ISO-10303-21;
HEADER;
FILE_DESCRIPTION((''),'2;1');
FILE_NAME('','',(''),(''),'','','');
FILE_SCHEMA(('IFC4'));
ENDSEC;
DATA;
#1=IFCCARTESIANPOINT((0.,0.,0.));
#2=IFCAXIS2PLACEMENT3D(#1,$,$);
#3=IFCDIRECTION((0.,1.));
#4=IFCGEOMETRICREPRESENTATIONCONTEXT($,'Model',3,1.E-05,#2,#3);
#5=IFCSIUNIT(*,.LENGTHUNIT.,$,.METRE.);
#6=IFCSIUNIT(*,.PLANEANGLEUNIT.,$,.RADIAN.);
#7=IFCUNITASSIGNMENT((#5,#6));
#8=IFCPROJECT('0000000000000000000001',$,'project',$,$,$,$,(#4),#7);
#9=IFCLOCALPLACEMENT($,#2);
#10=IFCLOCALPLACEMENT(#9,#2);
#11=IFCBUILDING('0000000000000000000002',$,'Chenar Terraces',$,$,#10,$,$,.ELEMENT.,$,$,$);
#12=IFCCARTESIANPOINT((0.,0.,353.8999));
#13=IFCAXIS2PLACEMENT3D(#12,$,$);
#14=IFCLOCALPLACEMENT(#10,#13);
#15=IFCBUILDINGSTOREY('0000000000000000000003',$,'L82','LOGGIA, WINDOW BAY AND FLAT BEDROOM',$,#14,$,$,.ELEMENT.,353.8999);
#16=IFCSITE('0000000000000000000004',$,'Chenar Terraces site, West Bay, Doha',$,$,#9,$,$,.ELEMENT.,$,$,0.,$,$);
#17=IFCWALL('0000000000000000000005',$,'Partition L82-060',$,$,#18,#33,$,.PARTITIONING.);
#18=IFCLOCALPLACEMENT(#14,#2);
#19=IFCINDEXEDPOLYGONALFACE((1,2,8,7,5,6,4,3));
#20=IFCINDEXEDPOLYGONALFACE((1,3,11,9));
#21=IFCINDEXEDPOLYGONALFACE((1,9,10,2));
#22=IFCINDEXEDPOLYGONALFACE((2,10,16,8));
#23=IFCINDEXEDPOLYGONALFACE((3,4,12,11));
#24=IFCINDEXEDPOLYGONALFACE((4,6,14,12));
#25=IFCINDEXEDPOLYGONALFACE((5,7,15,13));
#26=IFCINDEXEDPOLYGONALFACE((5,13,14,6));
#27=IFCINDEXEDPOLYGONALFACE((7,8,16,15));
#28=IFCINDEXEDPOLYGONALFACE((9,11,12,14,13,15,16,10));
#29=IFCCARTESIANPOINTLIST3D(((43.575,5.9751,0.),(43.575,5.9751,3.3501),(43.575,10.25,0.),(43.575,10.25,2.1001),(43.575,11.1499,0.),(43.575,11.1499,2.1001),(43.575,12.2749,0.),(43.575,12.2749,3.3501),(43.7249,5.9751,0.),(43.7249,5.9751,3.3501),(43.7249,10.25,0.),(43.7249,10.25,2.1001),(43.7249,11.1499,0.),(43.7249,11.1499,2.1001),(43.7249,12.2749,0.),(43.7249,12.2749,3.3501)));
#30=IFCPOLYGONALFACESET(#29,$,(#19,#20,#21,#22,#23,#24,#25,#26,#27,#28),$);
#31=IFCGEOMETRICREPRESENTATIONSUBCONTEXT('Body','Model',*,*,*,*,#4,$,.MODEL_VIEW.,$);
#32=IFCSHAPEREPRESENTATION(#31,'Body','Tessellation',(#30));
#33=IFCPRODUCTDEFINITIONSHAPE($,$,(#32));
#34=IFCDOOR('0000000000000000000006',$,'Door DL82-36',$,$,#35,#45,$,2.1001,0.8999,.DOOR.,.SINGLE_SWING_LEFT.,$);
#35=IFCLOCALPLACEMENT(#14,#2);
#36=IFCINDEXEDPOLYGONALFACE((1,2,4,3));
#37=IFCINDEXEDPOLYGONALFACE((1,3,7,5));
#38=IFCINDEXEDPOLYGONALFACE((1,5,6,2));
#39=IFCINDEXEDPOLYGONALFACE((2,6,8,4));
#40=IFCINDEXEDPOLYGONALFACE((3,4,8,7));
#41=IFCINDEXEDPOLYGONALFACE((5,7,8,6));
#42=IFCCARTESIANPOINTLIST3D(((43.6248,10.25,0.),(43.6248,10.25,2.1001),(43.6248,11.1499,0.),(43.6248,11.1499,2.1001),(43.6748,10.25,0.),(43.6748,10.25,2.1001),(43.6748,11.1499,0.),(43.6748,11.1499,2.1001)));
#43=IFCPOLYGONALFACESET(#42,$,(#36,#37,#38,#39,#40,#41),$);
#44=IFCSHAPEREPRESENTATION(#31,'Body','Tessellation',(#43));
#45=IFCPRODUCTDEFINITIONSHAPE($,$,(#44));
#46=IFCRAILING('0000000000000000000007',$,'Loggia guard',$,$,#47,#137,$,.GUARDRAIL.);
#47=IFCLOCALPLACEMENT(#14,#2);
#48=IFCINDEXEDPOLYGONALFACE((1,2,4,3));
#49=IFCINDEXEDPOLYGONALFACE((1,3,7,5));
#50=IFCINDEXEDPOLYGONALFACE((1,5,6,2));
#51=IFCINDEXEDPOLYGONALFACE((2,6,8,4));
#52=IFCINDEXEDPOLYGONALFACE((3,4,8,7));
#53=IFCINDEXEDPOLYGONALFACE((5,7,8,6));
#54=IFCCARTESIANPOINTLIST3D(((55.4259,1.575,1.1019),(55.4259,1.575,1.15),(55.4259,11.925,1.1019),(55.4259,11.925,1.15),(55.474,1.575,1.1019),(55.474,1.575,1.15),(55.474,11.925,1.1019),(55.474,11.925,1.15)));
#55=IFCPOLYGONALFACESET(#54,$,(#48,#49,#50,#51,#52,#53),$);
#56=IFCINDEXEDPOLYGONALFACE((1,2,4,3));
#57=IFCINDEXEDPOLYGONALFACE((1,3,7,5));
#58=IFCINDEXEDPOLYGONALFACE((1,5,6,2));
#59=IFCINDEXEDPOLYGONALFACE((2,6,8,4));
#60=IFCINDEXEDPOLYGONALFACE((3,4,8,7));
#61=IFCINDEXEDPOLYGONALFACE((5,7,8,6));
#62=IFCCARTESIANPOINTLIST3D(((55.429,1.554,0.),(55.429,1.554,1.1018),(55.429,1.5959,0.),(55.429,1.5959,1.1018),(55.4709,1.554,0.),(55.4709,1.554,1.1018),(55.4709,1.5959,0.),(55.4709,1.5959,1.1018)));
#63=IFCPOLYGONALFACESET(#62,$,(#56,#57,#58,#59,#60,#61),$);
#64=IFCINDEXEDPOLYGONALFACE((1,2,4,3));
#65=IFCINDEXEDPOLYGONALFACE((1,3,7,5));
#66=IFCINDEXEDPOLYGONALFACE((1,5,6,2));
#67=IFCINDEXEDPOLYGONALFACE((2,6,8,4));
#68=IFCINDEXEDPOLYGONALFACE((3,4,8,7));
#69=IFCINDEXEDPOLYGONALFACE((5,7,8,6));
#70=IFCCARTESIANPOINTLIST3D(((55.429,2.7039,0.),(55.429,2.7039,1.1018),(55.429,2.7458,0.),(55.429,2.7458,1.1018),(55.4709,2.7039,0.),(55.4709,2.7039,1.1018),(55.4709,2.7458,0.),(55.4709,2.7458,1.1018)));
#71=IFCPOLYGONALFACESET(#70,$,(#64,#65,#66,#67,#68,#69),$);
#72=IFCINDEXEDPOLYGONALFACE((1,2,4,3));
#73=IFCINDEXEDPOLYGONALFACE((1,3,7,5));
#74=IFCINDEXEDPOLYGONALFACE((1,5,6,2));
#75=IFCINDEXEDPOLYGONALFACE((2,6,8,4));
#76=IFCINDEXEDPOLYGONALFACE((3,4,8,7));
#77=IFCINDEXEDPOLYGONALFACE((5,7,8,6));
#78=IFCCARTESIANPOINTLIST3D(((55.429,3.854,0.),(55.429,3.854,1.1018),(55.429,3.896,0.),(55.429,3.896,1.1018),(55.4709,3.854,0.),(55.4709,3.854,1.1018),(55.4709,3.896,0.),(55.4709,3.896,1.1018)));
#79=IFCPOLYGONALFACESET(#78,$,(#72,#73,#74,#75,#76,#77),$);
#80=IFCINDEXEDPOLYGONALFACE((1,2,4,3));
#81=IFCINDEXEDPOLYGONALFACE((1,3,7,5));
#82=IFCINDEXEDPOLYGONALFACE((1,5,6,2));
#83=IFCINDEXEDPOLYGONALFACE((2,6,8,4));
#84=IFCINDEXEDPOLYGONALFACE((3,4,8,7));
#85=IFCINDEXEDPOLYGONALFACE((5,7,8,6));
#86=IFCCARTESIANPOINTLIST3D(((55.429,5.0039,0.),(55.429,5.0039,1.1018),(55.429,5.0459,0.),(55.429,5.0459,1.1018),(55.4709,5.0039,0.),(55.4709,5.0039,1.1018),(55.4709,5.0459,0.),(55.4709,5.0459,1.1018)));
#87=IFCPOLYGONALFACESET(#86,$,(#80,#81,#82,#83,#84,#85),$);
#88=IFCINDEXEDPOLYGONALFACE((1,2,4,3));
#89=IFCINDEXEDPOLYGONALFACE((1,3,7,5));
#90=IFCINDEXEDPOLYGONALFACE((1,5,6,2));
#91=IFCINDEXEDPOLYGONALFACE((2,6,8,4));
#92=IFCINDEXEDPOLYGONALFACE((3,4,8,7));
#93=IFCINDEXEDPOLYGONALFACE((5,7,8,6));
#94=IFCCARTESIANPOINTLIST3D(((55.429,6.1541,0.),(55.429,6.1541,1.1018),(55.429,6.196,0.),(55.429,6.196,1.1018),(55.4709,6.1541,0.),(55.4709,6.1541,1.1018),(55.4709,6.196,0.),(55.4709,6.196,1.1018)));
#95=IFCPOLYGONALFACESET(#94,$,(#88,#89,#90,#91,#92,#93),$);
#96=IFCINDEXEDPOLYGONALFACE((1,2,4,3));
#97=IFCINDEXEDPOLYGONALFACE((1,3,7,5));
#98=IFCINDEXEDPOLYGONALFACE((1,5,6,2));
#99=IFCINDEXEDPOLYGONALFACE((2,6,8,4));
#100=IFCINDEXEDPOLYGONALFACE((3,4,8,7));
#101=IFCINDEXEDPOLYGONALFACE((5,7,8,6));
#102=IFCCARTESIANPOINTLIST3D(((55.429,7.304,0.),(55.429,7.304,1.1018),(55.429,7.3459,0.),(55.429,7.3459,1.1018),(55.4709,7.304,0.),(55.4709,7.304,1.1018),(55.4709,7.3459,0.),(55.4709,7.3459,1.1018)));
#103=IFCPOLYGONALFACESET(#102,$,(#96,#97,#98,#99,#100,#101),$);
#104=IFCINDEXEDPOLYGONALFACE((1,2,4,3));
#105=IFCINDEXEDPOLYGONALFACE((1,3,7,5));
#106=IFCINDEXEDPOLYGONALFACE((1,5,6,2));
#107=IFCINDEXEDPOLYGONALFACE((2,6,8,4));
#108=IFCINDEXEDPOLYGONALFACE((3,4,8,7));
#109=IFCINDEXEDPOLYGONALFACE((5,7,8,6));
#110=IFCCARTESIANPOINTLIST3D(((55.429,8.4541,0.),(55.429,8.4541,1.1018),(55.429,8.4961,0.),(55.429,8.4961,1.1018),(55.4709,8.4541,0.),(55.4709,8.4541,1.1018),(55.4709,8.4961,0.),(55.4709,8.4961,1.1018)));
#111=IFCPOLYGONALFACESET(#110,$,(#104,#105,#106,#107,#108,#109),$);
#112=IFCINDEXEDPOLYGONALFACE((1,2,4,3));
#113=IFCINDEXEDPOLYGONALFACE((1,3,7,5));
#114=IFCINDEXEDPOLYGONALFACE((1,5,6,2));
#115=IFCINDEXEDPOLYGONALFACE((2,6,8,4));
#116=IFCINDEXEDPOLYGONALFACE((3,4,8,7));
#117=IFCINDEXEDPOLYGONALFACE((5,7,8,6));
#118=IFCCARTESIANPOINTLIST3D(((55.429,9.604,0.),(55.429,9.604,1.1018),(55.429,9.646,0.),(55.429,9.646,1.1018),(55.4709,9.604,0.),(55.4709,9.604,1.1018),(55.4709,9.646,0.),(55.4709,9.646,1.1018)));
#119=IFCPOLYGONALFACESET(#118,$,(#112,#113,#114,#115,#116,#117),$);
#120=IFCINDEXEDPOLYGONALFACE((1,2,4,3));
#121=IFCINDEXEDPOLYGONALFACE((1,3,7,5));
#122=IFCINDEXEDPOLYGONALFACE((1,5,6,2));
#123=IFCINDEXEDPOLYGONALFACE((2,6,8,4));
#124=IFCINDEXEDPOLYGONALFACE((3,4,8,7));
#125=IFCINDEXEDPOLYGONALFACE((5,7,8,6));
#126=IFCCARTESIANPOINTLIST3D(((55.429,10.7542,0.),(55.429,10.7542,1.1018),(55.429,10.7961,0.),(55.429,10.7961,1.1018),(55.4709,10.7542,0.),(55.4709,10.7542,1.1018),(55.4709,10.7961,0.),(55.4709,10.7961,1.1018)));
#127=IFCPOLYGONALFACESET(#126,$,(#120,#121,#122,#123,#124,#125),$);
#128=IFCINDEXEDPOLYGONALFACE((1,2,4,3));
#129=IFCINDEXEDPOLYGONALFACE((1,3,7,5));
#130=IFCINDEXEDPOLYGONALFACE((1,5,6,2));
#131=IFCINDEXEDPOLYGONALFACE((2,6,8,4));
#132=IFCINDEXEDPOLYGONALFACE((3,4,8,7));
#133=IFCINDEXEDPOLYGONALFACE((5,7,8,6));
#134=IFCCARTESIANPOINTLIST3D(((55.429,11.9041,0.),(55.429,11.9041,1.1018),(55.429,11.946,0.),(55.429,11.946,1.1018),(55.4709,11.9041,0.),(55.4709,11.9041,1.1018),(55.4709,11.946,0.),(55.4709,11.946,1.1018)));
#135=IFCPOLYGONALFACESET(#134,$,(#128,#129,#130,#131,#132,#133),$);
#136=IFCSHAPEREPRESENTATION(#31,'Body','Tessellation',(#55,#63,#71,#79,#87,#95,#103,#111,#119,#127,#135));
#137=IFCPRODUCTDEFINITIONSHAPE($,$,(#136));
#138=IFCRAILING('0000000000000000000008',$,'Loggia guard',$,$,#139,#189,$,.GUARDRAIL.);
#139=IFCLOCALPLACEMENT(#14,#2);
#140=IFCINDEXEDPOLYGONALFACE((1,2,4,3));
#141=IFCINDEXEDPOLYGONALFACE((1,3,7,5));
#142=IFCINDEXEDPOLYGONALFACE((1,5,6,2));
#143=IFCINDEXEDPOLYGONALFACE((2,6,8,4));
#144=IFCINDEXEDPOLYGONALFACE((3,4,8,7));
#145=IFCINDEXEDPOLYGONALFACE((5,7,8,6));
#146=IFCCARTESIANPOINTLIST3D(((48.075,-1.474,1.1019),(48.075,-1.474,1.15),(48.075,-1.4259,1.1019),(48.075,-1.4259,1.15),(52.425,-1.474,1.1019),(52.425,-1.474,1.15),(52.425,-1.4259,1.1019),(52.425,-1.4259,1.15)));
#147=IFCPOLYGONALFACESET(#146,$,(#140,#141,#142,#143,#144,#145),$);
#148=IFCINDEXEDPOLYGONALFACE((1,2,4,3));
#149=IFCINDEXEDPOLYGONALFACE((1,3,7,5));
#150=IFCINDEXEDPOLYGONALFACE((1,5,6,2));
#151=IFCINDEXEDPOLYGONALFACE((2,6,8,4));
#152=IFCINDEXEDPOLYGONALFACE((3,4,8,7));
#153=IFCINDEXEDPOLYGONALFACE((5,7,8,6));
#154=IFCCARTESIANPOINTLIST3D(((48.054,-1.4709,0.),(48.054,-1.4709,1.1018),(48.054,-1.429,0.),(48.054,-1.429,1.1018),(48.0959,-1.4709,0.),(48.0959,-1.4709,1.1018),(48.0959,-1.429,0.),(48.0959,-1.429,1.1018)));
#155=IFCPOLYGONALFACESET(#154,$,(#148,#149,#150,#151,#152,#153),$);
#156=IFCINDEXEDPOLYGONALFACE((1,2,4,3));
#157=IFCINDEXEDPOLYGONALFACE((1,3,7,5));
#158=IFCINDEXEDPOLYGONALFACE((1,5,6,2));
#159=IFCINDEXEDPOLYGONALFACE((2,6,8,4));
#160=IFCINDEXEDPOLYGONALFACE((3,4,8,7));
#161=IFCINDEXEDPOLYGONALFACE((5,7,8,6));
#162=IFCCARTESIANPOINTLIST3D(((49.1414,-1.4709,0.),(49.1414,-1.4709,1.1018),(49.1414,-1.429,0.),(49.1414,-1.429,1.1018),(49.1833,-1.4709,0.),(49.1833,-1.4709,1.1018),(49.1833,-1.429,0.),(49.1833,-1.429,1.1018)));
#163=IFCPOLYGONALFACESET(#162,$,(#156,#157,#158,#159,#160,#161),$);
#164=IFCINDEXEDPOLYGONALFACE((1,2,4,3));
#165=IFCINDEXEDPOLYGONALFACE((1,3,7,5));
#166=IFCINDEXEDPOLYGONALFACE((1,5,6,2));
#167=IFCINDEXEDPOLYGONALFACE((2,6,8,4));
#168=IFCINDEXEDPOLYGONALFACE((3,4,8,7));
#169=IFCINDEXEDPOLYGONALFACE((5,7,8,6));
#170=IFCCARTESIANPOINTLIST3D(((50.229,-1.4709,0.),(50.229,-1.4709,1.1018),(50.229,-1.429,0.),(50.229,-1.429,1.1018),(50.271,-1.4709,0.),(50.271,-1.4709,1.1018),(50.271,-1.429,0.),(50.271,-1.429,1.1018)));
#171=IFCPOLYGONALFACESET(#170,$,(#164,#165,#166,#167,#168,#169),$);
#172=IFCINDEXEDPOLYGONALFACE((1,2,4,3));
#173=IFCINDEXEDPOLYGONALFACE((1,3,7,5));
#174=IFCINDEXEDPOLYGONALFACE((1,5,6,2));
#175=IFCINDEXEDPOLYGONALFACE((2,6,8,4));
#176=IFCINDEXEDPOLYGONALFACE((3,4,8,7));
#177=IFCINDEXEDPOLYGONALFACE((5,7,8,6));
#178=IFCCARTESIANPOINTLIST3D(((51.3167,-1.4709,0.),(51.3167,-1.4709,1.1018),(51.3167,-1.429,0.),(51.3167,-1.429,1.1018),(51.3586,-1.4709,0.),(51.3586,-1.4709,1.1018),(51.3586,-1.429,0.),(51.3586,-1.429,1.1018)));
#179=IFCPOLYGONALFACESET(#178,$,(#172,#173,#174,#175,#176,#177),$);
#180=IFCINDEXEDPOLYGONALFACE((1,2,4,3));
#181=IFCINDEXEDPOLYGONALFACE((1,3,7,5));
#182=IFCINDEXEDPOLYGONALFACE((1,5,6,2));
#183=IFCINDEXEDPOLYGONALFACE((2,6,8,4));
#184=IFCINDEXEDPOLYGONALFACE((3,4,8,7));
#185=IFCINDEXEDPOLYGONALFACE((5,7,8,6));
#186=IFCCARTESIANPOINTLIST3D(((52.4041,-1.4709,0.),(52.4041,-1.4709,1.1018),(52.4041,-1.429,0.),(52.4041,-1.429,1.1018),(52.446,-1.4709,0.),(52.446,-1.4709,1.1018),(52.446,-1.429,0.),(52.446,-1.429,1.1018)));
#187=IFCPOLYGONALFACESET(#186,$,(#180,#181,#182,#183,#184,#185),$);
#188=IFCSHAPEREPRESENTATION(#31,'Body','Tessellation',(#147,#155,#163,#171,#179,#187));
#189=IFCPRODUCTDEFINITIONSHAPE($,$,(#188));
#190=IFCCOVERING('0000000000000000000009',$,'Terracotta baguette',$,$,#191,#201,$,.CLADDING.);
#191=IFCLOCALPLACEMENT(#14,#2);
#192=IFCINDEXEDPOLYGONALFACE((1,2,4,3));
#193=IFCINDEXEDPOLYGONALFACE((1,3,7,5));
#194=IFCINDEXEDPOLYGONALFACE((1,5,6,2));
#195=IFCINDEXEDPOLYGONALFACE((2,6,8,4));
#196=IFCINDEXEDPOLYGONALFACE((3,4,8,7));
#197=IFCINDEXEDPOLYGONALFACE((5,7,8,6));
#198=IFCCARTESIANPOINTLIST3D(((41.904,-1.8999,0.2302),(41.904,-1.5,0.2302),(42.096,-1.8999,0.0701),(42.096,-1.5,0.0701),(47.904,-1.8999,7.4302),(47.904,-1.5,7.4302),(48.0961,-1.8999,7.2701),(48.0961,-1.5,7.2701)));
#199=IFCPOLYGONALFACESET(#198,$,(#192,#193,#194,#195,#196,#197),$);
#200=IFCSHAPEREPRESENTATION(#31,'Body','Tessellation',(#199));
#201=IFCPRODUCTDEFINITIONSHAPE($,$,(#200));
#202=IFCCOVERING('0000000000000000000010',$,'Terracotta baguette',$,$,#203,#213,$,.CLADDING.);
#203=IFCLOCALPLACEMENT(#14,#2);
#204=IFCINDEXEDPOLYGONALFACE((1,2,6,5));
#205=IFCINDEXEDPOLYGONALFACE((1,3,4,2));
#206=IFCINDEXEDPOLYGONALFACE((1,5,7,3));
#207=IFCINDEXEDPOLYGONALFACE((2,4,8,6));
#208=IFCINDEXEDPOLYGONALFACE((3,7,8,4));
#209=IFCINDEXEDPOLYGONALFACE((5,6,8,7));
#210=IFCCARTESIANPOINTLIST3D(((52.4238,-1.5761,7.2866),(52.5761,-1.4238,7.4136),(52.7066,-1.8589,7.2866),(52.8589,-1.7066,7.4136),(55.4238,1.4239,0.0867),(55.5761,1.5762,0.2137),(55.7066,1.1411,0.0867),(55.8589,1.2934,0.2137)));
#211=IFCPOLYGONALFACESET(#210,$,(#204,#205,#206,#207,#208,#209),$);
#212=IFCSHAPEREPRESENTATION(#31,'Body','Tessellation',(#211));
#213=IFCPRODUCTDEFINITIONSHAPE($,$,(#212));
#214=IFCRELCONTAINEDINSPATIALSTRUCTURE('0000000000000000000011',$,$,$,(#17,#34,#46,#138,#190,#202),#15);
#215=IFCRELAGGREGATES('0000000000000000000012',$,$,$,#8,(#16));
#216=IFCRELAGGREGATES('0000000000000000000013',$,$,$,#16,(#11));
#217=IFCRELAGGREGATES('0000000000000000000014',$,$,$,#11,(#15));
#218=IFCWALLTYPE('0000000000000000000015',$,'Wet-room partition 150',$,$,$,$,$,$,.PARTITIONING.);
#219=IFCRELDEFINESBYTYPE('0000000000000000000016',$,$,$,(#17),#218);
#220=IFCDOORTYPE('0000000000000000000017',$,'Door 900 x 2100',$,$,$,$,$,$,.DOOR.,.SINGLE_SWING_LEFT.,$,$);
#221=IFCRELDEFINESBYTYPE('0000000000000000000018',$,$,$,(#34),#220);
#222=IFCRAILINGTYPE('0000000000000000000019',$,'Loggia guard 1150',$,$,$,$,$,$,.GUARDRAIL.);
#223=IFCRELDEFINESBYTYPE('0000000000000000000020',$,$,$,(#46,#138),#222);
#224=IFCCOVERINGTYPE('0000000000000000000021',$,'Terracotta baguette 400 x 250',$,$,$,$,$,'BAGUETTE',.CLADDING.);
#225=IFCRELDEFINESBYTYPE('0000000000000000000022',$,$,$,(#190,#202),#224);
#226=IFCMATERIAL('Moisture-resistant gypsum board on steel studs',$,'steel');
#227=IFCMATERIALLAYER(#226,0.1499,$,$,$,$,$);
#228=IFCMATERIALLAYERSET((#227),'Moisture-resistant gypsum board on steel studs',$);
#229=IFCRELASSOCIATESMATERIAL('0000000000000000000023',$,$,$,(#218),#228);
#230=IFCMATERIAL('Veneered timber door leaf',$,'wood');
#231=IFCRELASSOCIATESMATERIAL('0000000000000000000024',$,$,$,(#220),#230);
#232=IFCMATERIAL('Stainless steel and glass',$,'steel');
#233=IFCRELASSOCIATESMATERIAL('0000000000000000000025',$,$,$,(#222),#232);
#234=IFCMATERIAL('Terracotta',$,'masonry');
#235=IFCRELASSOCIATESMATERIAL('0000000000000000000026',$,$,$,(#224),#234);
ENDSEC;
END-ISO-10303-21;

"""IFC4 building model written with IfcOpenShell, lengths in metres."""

from ifc_helpers import new_model, si_unit, direction, frame, frame_2d, origin, origin_2d, place, context, subcontext, project, spatial, rectangle, extrude, material, layer, layer_set, material_profile, profile_set, type_object, element, fill, save


model = new_model("IFC4")

# Units and contexts
model_context = context("Model", 3, precision=1e-05, world=origin(), true_north=direction((0.0, 1.0)))
body_context = subcontext(model_context, "Body", "Model", "MODEL_VIEW")
ifc_project = project(units=[si_unit("LENGTHUNIT", "METRE"), si_unit("PLANEANGLEUNIT", "RADIAN")], contexts=[model_context])

# Site, building, storey
site_placement = place(None, origin())
site = spatial("IfcSite", under=ifc_project, at=site_placement, Name="Chenar Terraces site, West Bay, Doha", CompositionType="ELEMENT", RefElevation=0.0)
building_placement = place(site_placement, origin())
building = spatial("IfcBuilding", under=site, at=building_placement, Name="Chenar Terraces", CompositionType="ELEMENT")
storey_placement = place(building_placement, frame((0.0, 0.0, 353.8999)))
storey = spatial("IfcBuildingStorey", under=building, at=storey_placement, Name="L82", Description="LOGGIA, WINDOW BAY AND FLAT BEDROOM", CompositionType="ELEMENT", Elevation=353.8999)

# Shared definitions
ifc_material_1 = material(Name="Moisture-resistant gypsum board on steel studs", Category="steel")
ifc_layer_1 = layer(ifc_material_1, 0.1499)
ifc_layer_set_1 = layer_set([ifc_layer_1], Name="Moisture-resistant gypsum board on steel studs")
wall_type_1 = type_object("IfcWallType", Name="Wet-room partition 150", PredefinedType="PARTITIONING", material=ifc_layer_set_1)
ifc_material_2 = material(Name="Veneered timber door leaf", Category="wood")
door_type_1 = type_object("IfcDoorType", Name="Door 900 x 2100", OperationType="SINGLE_SWING_LEFT", PredefinedType="DOOR", material=ifc_material_2)

# Wall, opening, door
wall_1_placement = place(storey_placement, frame((43.6499, 5.9751, 0.0), z_axis=(0.0, 0.0, 1.0), x_axis=(0.0, 1.0, 0.0)))
wall_1 = element("IfcWall", 1, at=wall_1_placement, inside=storey, type_object=wall_type_1, Name="Partition L82-060", PredefinedType="PARTITIONING", context=body_context, shape_type="SweptSolid", body=[
    extrude(rectangle(XDim=6.2998, YDim=0.1499, at=frame_2d((3.1499, 0.0))), origin(), (0.0, 0.0, 1.0), 3.3501),
])
opening_1_placement = place(wall_1_placement, frame((4.2749, 0.0, 0.0)))
opening_1 = element("IfcOpeningElement", 2, at=opening_1_placement, cuts=wall_1, PredefinedType="OPENING", context=body_context, shape_type="SweptSolid", body=[
    extrude(rectangle(XDim=0.8999, YDim=2.1001, at=frame_2d((0.45, 1.05))), frame((0.0, 0.085, 0.0), z_axis=(0.0, -1.0, 0.0), x_axis=(1.0, 0.0, 0.0)), (0.0, 0.0, 1.0), 0.1699),
])
door_1_placement = place(opening_1_placement, frame((0.8999, 0.0, 0.0), z_axis=(0.0, 0.0, 1.0), x_axis=(-1.0, 0.0, 0.0)))
door_1 = element("IfcDoor", 3, at=door_1_placement, inside=storey, type_object=door_type_1, Name="Door DL82-36", OperationType="SINGLE_SWING_LEFT", OverallHeight=2.1001, OverallWidth=0.8999, PredefinedType="DOOR", context=body_context, shape_type="SweptSolid", body=[
    extrude(rectangle(XDim=0.8999, YDim=2.1001, at=frame_2d((0.45, 1.05))), frame((0.0, 0.0249, 0.0), z_axis=(0.0, -1.0, 0.0), x_axis=(1.0, 0.0, 0.0)), (0.0, 0.0, 1.0), 0.05),
])
fill(opening_1, door_1)

# Railings
ifc_material_3 = material(Name="Stainless steel and glass", Category="steel")
railing_type = type_object("IfcRailingType", Name="Loggia guard 1150", PredefinedType="GUARDRAIL", material=ifc_material_3)
railing_1_placement = place(storey_placement, frame((55.45, 1.575, 0.0)))
element("IfcRailing", 4, at=railing_1_placement, inside=storey, type_object=railing_type, Name="Loggia guard", PredefinedType="GUARDRAIL", context=body_context, shape_type="SweptSolid", body=[
    extrude(rectangle(XDim=0.0481, YDim=0.0481, at=origin_2d()), frame((0.0, 0.0, 1.126), z_axis=(0.0, 1.0, 0.0), x_axis=(-1.0, 0.0, 0.0)), (0.0, 0.0, 1.0), 10.3501),
    extrude(rectangle(XDim=0.042, YDim=0.042, at=origin_2d()), origin(), (0.0, 0.0, 1.0), 1.1018),
    extrude(rectangle(XDim=0.042, YDim=0.042, at=origin_2d()), frame((0.0, 1.1499, 0.0)), (0.0, 0.0, 1.0), 1.1018),
    extrude(rectangle(XDim=0.042, YDim=0.042, at=origin_2d()), frame((0.0, 2.3, 0.0)), (0.0, 0.0, 1.0), 1.1018),
    extrude(rectangle(XDim=0.042, YDim=0.042, at=origin_2d()), frame((0.0, 3.45, 0.0)), (0.0, 0.0, 1.0), 1.1018),
    extrude(rectangle(XDim=0.042, YDim=0.042, at=origin_2d()), frame((0.0, 4.6001, 0.0)), (0.0, 0.0, 1.0), 1.1018),
    extrude(rectangle(XDim=0.042, YDim=0.042, at=origin_2d()), frame((0.0, 5.75, 0.0)), (0.0, 0.0, 1.0), 1.1018),
    extrude(rectangle(XDim=0.042, YDim=0.042, at=origin_2d()), frame((0.0, 6.9001, 0.0)), (0.0, 0.0, 1.0), 1.1018),
    extrude(rectangle(XDim=0.042, YDim=0.042, at=origin_2d()), frame((0.0, 8.05, 0.0)), (0.0, 0.0, 1.0), 1.1018),
    extrude(rectangle(XDim=0.042, YDim=0.042, at=origin_2d()), frame((0.0, 9.2002, 0.0)), (0.0, 0.0, 1.0), 1.1018),
    extrude(rectangle(XDim=0.042, YDim=0.042, at=origin_2d()), frame((0.0, 10.3501, 0.0)), (0.0, 0.0, 1.0), 1.1018),
])
railing_2_placement = place(storey_placement, frame((48.075, -1.45, 0.0)))
element("IfcRailing", 5, at=railing_2_placement, inside=storey, type_object=railing_type, Name="Loggia guard", PredefinedType="GUARDRAIL", context=body_context, shape_type="SweptSolid", body=[
    extrude(rectangle(XDim=0.0481, YDim=0.0481, at=origin_2d()), frame((0.0, 0.0, 1.126), z_axis=(1.0, 0.0, 0.0), x_axis=(0.0, 1.0, 0.0)), (0.0, 0.0, 1.0), 4.3501),
    extrude(rectangle(XDim=0.042, YDim=0.042, at=origin_2d()), origin(), (0.0, 0.0, 1.0), 1.1018),
    extrude(rectangle(XDim=0.042, YDim=0.042, at=origin_2d()), frame((1.0874, 0.0, 0.0)), (0.0, 0.0, 1.0), 1.1018),
    extrude(rectangle(XDim=0.042, YDim=0.042, at=origin_2d()), frame((2.175, 0.0, 0.0)), (0.0, 0.0, 1.0), 1.1018),
    extrude(rectangle(XDim=0.042, YDim=0.042, at=origin_2d()), frame((3.2627, 0.0, 0.0)), (0.0, 0.0, 1.0), 1.1018),
    extrude(rectangle(XDim=0.042, YDim=0.042, at=origin_2d()), frame((4.3501, 0.0, 0.0)), (0.0, 0.0, 1.0), 1.1018),
])

# Coverings
ifc_material_4 = material(Name="Terracotta", Category="masonry")
ifc_material_profile_1 = material_profile(ifc_material_4, rectangle(XDim=0.3999, YDim=0.25, at=origin_2d()), Name="Terracotta baguette 400 x 250")
ifc_profile_set_1 = profile_set([ifc_material_profile_1], Name="Terracotta")
covering_type = type_object("IfcCoveringType", Name="Terracotta baguette 400 x 250", ElementType="BAGUETTE", PredefinedType="CLADDING", material=ifc_profile_set_1)
covering_1_placement = place(storey_placement, frame((42.0, -1.7, 0.1501), z_axis=(0.640187, 0.0, 0.768219), x_axis=(0.0, 1.0, 0.0)))
element("IfcCovering", 6, at=covering_1_placement, inside=storey, type_object=covering_type, Name="Terracotta baguette", PredefinedType="CLADDING", context=body_context, shape_type="SweptSolid", body=[
    extrude(rectangle(XDim=0.3999, YDim=0.25, at=origin_2d()), origin(), (0.0, 0.0, 1.0), 9.3723),
])
covering_2_placement = place(storey_placement, frame((52.6414, -1.6414, 7.3501), z_axis=(0.358981, 0.358981, -0.861548), x_axis=(-0.707107, 0.707107, 0.0)))
element("IfcCovering", 7, at=covering_2_placement, inside=storey, type_object=covering_type, Name="Terracotta baguette", PredefinedType="CLADDING", context=body_context, shape_type="SweptSolid", body=[
    extrude(rectangle(XDim=0.3999, YDim=0.25, at=origin_2d()), origin(), (0.0, 0.0, 1.0), 8.3569),
])

save(model, "model.ifc")
